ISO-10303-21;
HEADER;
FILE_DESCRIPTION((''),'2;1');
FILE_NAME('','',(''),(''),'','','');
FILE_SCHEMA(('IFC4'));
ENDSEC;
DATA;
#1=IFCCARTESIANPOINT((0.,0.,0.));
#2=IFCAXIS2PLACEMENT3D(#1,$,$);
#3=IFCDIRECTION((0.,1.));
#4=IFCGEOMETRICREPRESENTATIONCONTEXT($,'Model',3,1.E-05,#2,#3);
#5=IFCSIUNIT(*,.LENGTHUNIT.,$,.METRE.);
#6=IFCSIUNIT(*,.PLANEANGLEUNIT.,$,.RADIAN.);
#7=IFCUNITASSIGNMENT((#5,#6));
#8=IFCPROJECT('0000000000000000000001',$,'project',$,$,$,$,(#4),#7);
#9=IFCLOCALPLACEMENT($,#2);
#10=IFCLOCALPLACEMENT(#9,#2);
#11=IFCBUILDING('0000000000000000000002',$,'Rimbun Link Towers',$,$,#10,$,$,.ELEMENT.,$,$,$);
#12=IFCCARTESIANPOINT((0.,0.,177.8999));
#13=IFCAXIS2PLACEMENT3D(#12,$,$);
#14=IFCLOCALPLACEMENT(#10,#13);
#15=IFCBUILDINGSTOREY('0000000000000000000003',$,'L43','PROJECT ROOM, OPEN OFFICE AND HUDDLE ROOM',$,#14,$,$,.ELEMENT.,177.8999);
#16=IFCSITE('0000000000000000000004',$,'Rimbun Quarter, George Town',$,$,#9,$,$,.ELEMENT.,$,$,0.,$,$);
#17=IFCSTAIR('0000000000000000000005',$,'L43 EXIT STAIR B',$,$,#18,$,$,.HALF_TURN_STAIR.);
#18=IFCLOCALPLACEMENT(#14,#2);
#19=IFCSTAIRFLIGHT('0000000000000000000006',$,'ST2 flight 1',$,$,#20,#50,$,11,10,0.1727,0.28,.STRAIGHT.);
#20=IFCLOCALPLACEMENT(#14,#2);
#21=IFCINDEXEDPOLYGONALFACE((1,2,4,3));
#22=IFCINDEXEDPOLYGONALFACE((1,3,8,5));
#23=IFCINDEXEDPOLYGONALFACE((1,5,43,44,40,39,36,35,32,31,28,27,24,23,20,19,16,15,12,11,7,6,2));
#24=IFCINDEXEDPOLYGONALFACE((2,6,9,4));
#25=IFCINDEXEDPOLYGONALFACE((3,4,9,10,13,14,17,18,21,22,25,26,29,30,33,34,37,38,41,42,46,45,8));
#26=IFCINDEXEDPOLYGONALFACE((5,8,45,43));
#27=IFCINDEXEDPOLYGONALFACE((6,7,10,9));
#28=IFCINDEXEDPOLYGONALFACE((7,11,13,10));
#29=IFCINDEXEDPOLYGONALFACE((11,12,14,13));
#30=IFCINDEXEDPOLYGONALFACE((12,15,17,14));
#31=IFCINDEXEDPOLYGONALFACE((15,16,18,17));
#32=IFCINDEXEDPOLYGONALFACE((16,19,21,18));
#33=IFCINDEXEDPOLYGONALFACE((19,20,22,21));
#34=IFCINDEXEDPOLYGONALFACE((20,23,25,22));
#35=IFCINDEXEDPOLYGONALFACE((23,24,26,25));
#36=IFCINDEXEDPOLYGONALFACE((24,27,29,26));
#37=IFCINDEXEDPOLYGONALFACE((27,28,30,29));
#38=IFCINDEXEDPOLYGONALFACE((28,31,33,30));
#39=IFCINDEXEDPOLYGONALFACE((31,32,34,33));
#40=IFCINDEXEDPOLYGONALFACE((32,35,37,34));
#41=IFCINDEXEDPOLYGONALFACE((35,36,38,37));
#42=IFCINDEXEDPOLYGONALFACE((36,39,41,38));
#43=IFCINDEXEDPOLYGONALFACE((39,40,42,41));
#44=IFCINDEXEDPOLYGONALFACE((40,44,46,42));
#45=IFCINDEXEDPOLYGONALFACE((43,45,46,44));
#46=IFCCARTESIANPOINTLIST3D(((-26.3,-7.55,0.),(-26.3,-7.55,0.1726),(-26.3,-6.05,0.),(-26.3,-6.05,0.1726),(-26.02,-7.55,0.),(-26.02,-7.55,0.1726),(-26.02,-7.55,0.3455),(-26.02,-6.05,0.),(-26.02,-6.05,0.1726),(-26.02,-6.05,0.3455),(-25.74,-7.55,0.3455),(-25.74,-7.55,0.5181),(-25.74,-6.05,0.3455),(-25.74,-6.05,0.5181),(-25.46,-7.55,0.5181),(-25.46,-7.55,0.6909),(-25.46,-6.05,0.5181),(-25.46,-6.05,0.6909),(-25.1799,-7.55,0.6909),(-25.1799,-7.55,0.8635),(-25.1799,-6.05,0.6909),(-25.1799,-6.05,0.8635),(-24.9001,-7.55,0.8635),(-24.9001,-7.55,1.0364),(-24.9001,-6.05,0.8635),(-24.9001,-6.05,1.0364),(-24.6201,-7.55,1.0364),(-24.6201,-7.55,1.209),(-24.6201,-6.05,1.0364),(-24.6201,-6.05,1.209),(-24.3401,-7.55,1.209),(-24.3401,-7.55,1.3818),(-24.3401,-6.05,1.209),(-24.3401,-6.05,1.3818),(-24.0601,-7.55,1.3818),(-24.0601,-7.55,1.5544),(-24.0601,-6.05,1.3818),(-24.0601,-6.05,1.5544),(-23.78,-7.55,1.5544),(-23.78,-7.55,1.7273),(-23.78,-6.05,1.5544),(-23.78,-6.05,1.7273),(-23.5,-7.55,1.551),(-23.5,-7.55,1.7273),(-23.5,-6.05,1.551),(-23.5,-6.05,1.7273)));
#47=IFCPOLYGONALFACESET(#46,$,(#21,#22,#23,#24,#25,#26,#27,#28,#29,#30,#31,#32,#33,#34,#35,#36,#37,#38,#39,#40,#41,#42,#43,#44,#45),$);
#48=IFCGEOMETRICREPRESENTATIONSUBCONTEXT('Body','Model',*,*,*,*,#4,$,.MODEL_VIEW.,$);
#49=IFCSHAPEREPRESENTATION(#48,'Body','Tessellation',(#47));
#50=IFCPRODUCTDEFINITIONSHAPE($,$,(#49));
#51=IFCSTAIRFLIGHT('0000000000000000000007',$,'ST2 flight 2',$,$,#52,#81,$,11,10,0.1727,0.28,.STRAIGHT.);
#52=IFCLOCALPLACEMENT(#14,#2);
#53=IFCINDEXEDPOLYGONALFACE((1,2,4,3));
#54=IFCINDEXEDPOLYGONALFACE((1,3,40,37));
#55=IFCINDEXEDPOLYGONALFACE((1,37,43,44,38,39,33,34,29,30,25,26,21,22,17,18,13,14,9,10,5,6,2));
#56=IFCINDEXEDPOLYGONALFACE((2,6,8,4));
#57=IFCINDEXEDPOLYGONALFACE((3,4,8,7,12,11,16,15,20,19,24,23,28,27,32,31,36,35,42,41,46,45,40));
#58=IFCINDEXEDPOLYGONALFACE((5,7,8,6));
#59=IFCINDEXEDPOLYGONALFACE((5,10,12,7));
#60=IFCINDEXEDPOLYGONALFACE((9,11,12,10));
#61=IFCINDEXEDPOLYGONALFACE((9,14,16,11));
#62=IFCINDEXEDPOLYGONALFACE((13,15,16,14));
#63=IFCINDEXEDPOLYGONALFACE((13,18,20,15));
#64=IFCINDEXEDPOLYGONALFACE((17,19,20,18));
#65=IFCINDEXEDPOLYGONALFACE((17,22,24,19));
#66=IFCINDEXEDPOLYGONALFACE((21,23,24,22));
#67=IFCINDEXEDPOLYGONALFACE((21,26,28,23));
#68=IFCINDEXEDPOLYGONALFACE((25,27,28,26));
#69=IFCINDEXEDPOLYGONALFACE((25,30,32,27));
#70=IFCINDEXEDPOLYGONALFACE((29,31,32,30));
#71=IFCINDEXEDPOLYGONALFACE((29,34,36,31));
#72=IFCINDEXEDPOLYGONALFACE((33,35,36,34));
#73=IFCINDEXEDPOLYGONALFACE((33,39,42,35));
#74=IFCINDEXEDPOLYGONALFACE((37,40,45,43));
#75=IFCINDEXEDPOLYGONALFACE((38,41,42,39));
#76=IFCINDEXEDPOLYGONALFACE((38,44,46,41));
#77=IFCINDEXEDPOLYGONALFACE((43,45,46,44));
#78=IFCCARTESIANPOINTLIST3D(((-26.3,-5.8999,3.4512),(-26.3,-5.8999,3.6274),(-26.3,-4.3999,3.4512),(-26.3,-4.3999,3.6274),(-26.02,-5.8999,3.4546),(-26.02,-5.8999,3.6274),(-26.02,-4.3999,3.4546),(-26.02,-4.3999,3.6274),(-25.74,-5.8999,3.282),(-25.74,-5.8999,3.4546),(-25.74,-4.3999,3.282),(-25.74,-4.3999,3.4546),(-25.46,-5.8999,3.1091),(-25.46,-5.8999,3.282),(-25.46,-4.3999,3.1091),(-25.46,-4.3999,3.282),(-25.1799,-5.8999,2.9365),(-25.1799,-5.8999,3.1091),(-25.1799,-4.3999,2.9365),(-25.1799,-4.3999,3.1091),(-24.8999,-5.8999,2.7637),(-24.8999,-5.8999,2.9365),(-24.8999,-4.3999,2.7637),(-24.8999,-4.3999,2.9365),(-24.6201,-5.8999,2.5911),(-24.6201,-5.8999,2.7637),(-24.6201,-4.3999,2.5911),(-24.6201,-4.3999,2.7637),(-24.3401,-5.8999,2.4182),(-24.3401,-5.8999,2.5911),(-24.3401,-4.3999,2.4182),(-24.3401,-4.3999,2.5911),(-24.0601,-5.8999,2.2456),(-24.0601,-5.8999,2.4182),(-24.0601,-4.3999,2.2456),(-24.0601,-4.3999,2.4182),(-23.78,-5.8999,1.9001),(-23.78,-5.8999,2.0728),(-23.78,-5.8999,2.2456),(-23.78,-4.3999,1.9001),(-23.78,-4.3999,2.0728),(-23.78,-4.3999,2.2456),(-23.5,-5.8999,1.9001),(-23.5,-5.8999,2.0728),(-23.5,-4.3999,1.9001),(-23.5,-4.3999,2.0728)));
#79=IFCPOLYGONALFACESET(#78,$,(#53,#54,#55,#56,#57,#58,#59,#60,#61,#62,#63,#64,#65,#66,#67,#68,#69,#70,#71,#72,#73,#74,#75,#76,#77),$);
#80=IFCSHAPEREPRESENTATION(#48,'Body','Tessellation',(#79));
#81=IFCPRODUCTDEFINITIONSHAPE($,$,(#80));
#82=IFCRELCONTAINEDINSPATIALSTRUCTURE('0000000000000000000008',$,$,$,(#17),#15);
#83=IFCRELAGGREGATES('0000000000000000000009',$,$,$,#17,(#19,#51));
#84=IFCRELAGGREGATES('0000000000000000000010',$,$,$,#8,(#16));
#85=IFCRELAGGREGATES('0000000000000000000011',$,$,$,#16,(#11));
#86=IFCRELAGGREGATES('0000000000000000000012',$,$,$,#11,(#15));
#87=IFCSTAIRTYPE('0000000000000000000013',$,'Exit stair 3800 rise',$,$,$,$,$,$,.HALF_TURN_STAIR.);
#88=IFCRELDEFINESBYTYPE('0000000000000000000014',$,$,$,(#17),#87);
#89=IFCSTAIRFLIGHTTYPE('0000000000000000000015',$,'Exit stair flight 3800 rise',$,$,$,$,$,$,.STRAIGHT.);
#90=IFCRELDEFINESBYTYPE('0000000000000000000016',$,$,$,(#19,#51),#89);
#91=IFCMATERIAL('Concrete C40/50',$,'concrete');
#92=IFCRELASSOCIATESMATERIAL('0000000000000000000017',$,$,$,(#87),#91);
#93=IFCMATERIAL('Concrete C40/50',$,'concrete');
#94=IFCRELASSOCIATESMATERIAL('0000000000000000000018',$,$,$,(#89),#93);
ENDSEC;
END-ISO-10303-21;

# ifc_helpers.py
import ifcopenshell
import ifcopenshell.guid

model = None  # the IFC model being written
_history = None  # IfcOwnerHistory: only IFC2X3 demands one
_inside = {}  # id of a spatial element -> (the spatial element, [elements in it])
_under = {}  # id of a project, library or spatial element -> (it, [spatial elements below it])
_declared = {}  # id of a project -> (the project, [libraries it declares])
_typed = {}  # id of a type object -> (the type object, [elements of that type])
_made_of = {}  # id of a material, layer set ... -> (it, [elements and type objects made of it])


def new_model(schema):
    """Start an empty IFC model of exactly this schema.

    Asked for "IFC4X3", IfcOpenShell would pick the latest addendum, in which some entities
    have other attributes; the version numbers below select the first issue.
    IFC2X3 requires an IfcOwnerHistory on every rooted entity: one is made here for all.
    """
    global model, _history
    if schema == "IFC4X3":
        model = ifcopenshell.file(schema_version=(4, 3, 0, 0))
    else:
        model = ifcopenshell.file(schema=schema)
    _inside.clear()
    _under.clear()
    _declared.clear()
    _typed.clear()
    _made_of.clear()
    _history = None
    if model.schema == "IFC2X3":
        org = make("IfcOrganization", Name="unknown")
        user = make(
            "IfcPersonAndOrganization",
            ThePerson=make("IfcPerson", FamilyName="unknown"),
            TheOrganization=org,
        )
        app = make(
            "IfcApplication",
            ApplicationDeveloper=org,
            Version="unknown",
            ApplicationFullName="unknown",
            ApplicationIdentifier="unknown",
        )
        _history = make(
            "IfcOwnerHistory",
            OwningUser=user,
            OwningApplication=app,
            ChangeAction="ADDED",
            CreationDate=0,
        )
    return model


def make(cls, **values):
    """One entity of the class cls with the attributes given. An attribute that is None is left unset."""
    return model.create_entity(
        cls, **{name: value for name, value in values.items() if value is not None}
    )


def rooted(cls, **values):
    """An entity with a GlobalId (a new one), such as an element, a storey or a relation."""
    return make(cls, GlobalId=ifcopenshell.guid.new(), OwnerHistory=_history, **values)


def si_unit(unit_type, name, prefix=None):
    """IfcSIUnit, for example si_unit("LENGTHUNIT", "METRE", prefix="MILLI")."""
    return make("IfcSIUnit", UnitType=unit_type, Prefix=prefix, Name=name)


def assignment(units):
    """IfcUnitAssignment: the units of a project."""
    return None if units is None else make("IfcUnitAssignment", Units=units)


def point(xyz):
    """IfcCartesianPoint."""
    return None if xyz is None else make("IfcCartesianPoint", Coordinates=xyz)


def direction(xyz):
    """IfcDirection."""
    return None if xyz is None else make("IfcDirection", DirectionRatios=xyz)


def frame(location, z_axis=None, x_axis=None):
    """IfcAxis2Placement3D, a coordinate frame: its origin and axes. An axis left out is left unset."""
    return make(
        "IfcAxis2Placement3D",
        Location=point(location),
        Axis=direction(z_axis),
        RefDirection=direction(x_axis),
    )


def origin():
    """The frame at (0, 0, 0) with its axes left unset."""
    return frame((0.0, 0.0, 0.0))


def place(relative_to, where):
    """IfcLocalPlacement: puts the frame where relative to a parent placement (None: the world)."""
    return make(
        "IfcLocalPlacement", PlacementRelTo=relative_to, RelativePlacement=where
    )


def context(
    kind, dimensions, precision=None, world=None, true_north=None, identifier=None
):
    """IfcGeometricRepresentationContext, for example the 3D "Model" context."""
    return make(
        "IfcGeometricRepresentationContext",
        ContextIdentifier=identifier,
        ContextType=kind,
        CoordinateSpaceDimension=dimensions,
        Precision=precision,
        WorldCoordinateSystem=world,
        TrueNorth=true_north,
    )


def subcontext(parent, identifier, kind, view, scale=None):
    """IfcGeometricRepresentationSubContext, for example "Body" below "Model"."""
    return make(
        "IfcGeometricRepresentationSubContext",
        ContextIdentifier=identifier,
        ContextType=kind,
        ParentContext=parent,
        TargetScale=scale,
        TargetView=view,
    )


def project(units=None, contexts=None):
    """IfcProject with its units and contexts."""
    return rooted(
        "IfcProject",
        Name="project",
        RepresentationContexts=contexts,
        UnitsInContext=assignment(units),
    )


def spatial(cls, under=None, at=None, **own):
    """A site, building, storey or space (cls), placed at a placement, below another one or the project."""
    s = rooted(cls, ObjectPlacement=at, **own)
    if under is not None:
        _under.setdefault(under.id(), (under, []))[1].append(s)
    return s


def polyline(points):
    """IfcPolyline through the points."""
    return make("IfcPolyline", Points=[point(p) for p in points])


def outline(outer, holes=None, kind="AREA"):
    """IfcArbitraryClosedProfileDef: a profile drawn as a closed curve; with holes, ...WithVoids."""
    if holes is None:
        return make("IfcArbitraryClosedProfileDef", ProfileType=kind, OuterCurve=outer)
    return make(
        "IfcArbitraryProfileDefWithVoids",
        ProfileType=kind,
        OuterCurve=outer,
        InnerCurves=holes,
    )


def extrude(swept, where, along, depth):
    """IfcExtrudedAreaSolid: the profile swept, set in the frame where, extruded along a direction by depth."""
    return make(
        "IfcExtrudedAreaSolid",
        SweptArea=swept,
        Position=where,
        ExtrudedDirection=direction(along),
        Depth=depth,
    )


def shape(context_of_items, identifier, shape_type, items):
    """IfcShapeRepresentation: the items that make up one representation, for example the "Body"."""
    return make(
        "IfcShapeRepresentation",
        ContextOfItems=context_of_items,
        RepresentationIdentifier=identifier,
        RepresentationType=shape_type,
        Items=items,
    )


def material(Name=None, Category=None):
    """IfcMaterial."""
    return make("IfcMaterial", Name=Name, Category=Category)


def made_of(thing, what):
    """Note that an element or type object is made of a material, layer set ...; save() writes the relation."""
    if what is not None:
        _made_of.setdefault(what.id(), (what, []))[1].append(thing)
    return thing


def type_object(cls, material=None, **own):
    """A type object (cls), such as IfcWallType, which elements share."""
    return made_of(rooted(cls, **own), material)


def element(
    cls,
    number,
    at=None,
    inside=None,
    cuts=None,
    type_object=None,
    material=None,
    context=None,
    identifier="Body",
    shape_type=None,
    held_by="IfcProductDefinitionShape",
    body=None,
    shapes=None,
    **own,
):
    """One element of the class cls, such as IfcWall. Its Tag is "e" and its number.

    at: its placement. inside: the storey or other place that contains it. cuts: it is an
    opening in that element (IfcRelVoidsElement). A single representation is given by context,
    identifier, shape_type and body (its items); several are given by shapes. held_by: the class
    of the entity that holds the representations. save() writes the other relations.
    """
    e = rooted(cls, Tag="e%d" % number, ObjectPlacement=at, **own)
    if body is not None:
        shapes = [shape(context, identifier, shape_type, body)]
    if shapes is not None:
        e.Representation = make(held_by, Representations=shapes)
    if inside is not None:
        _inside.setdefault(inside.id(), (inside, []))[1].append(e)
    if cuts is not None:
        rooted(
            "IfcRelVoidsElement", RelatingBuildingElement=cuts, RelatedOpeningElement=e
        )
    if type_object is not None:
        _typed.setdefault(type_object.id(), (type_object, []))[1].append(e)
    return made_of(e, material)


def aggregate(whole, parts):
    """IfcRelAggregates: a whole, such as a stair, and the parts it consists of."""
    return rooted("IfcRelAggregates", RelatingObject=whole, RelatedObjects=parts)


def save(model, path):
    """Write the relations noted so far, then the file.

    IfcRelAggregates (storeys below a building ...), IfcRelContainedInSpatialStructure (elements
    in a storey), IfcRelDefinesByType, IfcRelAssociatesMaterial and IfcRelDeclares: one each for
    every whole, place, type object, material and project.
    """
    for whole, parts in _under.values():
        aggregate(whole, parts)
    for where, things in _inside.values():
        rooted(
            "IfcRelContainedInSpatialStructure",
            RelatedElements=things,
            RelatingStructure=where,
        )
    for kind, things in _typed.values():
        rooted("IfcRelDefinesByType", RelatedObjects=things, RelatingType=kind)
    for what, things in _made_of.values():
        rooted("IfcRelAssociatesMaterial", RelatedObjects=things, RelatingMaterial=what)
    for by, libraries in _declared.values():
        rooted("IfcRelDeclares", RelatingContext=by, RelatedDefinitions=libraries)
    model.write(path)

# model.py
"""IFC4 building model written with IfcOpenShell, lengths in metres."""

from ifc_helpers import new_model, si_unit, direction, frame, origin, place, context, subcontext, project, spatial, polyline, outline, extrude, material, type_object, element, aggregate, save


model = new_model("IFC4")

# Units and contexts
model_context = context("Model", 3, precision=1e-05, world=origin(), true_north=direction((0.0, 1.0)))
body_context = subcontext(model_context, "Body", "Model", "MODEL_VIEW")
ifc_project = project(units=[si_unit("LENGTHUNIT", "METRE"), si_unit("PLANEANGLEUNIT", "RADIAN")], contexts=[model_context])

# Site, building, storey
site_placement = place(None, origin())
site = spatial("IfcSite", under=ifc_project, at=site_placement, Name="Rimbun Quarter, George Town", CompositionType="ELEMENT", RefElevation=0.0)
building_placement = place(site_placement, origin())
building = spatial("IfcBuilding", under=site, at=building_placement, Name="Rimbun Link Towers", CompositionType="ELEMENT")
storey_placement = place(building_placement, frame((0.0, 0.0, 177.8999)))
storey = spatial("IfcBuildingStorey", under=building, at=storey_placement, Name="L43", Description="PROJECT ROOM, OPEN OFFICE AND HUDDLE ROOM", CompositionType="ELEMENT", Elevation=177.8999)

# Stair, stair flights
ifc_material_1 = material(Name="Concrete C40/50", Category="concrete")
stair_type = type_object("IfcStairType", Name="Exit stair 3800 rise", PredefinedType="HALF_TURN_STAIR", material=ifc_material_1)
stair_placement = place(storey_placement, origin())
stair = element("IfcStair", 1, at=stair_placement, inside=storey, type_object=stair_type, Name="L43 EXIT STAIR B", PredefinedType="HALF_TURN_STAIR")
ifc_material_2 = material(Name="Concrete C40/50", Category="concrete")
stair_flight_type = type_object("IfcStairFlightType", Name="Exit stair flight 3800 rise", PredefinedType="STRAIGHT", material=ifc_material_2)
stair_flight_1_placement = place(storey_placement, frame((-26.3, -6.8, 0.0), z_axis=(0.0, 0.0, 1.0), x_axis=(1.0, 0.0, 0.0)))
stair_flight_1 = element("IfcStairFlight", 2, at=stair_flight_1_placement, type_object=stair_flight_type, Name="ST2 flight 1", NumberOfRisers=11, NumberOfTreads=10, PredefinedType="STRAIGHT", RiserHeight=0.1727, TreadLength=0.28, context=body_context, shape_type="SweptSolid", body=[
    extrude(outline(polyline([(0.0, 0.0), (0.0, 0.1726), (0.28, 0.1726), (0.28, 0.3455), (0.5601, 0.3455), (0.5601, 0.5181), (0.8401, 0.5181), (0.8401, 0.6909), (1.1201, 0.6909), (1.1201, 0.8635), (1.3999, 0.8635), (1.3999, 1.0364), (1.6799, 1.0364), (1.6799, 1.209), (1.96, 1.209), (1.96, 1.3818), (2.24, 1.3818), (2.24, 1.5544), (2.52, 1.5544), (2.52, 1.7273), (2.8, 1.7273), (2.8, 1.8999), (2.8, 1.551), (0.28, 0.0), (0.0, 0.0)])), frame((0.0, 0.75, 0.0), z_axis=(0.0, -1.0, 0.0), x_axis=(1.0, 0.0, 0.0)), (0.0, 0.0, 1.0), 1.5),
])
stair_flight_2_placement = place(storey_placement, frame((-23.5, -5.1499, 1.9001), z_axis=(0.0, 0.0, 1.0), x_axis=(-1.0, 0.0, 0.0)))
stair_flight_2 = element("IfcStairFlight", 3, at=stair_flight_2_placement, type_object=stair_flight_type, Name="ST2 flight 2", NumberOfRisers=11, NumberOfTreads=10, PredefinedType="STRAIGHT", RiserHeight=0.1727, TreadLength=0.28, context=body_context, shape_type="SweptSolid", body=[
    extrude(outline(polyline([(0.0, 0.0), (0.0, 0.1726), (0.28, 0.1726), (0.28, 0.3455), (0.5601, 0.3455), (0.5601, 0.5181), (0.8401, 0.5181), (0.8401, 0.6909), (1.1201, 0.6909), (1.1201, 0.8635), (1.3999, 0.8635), (1.3999, 1.0364), (1.6799, 1.0364), (1.6799, 1.209), (1.96, 1.209), (1.96, 1.3818), (2.24, 1.3818), (2.24, 1.5544), (2.52, 1.5544), (2.52, 1.7273), (2.8, 1.7273), (2.8, 1.8999), (2.8, 1.551), (0.28, 0.0), (0.0, 0.0)])), frame((0.0, 0.75, 0.0), z_axis=(0.0, -1.0, 0.0), x_axis=(1.0, 0.0, 0.0)), (0.0, 0.0, 1.0), 1.5),
])
aggregate(stair, [stair_flight_1, stair_flight_2])

save(model, "model.ifc")
